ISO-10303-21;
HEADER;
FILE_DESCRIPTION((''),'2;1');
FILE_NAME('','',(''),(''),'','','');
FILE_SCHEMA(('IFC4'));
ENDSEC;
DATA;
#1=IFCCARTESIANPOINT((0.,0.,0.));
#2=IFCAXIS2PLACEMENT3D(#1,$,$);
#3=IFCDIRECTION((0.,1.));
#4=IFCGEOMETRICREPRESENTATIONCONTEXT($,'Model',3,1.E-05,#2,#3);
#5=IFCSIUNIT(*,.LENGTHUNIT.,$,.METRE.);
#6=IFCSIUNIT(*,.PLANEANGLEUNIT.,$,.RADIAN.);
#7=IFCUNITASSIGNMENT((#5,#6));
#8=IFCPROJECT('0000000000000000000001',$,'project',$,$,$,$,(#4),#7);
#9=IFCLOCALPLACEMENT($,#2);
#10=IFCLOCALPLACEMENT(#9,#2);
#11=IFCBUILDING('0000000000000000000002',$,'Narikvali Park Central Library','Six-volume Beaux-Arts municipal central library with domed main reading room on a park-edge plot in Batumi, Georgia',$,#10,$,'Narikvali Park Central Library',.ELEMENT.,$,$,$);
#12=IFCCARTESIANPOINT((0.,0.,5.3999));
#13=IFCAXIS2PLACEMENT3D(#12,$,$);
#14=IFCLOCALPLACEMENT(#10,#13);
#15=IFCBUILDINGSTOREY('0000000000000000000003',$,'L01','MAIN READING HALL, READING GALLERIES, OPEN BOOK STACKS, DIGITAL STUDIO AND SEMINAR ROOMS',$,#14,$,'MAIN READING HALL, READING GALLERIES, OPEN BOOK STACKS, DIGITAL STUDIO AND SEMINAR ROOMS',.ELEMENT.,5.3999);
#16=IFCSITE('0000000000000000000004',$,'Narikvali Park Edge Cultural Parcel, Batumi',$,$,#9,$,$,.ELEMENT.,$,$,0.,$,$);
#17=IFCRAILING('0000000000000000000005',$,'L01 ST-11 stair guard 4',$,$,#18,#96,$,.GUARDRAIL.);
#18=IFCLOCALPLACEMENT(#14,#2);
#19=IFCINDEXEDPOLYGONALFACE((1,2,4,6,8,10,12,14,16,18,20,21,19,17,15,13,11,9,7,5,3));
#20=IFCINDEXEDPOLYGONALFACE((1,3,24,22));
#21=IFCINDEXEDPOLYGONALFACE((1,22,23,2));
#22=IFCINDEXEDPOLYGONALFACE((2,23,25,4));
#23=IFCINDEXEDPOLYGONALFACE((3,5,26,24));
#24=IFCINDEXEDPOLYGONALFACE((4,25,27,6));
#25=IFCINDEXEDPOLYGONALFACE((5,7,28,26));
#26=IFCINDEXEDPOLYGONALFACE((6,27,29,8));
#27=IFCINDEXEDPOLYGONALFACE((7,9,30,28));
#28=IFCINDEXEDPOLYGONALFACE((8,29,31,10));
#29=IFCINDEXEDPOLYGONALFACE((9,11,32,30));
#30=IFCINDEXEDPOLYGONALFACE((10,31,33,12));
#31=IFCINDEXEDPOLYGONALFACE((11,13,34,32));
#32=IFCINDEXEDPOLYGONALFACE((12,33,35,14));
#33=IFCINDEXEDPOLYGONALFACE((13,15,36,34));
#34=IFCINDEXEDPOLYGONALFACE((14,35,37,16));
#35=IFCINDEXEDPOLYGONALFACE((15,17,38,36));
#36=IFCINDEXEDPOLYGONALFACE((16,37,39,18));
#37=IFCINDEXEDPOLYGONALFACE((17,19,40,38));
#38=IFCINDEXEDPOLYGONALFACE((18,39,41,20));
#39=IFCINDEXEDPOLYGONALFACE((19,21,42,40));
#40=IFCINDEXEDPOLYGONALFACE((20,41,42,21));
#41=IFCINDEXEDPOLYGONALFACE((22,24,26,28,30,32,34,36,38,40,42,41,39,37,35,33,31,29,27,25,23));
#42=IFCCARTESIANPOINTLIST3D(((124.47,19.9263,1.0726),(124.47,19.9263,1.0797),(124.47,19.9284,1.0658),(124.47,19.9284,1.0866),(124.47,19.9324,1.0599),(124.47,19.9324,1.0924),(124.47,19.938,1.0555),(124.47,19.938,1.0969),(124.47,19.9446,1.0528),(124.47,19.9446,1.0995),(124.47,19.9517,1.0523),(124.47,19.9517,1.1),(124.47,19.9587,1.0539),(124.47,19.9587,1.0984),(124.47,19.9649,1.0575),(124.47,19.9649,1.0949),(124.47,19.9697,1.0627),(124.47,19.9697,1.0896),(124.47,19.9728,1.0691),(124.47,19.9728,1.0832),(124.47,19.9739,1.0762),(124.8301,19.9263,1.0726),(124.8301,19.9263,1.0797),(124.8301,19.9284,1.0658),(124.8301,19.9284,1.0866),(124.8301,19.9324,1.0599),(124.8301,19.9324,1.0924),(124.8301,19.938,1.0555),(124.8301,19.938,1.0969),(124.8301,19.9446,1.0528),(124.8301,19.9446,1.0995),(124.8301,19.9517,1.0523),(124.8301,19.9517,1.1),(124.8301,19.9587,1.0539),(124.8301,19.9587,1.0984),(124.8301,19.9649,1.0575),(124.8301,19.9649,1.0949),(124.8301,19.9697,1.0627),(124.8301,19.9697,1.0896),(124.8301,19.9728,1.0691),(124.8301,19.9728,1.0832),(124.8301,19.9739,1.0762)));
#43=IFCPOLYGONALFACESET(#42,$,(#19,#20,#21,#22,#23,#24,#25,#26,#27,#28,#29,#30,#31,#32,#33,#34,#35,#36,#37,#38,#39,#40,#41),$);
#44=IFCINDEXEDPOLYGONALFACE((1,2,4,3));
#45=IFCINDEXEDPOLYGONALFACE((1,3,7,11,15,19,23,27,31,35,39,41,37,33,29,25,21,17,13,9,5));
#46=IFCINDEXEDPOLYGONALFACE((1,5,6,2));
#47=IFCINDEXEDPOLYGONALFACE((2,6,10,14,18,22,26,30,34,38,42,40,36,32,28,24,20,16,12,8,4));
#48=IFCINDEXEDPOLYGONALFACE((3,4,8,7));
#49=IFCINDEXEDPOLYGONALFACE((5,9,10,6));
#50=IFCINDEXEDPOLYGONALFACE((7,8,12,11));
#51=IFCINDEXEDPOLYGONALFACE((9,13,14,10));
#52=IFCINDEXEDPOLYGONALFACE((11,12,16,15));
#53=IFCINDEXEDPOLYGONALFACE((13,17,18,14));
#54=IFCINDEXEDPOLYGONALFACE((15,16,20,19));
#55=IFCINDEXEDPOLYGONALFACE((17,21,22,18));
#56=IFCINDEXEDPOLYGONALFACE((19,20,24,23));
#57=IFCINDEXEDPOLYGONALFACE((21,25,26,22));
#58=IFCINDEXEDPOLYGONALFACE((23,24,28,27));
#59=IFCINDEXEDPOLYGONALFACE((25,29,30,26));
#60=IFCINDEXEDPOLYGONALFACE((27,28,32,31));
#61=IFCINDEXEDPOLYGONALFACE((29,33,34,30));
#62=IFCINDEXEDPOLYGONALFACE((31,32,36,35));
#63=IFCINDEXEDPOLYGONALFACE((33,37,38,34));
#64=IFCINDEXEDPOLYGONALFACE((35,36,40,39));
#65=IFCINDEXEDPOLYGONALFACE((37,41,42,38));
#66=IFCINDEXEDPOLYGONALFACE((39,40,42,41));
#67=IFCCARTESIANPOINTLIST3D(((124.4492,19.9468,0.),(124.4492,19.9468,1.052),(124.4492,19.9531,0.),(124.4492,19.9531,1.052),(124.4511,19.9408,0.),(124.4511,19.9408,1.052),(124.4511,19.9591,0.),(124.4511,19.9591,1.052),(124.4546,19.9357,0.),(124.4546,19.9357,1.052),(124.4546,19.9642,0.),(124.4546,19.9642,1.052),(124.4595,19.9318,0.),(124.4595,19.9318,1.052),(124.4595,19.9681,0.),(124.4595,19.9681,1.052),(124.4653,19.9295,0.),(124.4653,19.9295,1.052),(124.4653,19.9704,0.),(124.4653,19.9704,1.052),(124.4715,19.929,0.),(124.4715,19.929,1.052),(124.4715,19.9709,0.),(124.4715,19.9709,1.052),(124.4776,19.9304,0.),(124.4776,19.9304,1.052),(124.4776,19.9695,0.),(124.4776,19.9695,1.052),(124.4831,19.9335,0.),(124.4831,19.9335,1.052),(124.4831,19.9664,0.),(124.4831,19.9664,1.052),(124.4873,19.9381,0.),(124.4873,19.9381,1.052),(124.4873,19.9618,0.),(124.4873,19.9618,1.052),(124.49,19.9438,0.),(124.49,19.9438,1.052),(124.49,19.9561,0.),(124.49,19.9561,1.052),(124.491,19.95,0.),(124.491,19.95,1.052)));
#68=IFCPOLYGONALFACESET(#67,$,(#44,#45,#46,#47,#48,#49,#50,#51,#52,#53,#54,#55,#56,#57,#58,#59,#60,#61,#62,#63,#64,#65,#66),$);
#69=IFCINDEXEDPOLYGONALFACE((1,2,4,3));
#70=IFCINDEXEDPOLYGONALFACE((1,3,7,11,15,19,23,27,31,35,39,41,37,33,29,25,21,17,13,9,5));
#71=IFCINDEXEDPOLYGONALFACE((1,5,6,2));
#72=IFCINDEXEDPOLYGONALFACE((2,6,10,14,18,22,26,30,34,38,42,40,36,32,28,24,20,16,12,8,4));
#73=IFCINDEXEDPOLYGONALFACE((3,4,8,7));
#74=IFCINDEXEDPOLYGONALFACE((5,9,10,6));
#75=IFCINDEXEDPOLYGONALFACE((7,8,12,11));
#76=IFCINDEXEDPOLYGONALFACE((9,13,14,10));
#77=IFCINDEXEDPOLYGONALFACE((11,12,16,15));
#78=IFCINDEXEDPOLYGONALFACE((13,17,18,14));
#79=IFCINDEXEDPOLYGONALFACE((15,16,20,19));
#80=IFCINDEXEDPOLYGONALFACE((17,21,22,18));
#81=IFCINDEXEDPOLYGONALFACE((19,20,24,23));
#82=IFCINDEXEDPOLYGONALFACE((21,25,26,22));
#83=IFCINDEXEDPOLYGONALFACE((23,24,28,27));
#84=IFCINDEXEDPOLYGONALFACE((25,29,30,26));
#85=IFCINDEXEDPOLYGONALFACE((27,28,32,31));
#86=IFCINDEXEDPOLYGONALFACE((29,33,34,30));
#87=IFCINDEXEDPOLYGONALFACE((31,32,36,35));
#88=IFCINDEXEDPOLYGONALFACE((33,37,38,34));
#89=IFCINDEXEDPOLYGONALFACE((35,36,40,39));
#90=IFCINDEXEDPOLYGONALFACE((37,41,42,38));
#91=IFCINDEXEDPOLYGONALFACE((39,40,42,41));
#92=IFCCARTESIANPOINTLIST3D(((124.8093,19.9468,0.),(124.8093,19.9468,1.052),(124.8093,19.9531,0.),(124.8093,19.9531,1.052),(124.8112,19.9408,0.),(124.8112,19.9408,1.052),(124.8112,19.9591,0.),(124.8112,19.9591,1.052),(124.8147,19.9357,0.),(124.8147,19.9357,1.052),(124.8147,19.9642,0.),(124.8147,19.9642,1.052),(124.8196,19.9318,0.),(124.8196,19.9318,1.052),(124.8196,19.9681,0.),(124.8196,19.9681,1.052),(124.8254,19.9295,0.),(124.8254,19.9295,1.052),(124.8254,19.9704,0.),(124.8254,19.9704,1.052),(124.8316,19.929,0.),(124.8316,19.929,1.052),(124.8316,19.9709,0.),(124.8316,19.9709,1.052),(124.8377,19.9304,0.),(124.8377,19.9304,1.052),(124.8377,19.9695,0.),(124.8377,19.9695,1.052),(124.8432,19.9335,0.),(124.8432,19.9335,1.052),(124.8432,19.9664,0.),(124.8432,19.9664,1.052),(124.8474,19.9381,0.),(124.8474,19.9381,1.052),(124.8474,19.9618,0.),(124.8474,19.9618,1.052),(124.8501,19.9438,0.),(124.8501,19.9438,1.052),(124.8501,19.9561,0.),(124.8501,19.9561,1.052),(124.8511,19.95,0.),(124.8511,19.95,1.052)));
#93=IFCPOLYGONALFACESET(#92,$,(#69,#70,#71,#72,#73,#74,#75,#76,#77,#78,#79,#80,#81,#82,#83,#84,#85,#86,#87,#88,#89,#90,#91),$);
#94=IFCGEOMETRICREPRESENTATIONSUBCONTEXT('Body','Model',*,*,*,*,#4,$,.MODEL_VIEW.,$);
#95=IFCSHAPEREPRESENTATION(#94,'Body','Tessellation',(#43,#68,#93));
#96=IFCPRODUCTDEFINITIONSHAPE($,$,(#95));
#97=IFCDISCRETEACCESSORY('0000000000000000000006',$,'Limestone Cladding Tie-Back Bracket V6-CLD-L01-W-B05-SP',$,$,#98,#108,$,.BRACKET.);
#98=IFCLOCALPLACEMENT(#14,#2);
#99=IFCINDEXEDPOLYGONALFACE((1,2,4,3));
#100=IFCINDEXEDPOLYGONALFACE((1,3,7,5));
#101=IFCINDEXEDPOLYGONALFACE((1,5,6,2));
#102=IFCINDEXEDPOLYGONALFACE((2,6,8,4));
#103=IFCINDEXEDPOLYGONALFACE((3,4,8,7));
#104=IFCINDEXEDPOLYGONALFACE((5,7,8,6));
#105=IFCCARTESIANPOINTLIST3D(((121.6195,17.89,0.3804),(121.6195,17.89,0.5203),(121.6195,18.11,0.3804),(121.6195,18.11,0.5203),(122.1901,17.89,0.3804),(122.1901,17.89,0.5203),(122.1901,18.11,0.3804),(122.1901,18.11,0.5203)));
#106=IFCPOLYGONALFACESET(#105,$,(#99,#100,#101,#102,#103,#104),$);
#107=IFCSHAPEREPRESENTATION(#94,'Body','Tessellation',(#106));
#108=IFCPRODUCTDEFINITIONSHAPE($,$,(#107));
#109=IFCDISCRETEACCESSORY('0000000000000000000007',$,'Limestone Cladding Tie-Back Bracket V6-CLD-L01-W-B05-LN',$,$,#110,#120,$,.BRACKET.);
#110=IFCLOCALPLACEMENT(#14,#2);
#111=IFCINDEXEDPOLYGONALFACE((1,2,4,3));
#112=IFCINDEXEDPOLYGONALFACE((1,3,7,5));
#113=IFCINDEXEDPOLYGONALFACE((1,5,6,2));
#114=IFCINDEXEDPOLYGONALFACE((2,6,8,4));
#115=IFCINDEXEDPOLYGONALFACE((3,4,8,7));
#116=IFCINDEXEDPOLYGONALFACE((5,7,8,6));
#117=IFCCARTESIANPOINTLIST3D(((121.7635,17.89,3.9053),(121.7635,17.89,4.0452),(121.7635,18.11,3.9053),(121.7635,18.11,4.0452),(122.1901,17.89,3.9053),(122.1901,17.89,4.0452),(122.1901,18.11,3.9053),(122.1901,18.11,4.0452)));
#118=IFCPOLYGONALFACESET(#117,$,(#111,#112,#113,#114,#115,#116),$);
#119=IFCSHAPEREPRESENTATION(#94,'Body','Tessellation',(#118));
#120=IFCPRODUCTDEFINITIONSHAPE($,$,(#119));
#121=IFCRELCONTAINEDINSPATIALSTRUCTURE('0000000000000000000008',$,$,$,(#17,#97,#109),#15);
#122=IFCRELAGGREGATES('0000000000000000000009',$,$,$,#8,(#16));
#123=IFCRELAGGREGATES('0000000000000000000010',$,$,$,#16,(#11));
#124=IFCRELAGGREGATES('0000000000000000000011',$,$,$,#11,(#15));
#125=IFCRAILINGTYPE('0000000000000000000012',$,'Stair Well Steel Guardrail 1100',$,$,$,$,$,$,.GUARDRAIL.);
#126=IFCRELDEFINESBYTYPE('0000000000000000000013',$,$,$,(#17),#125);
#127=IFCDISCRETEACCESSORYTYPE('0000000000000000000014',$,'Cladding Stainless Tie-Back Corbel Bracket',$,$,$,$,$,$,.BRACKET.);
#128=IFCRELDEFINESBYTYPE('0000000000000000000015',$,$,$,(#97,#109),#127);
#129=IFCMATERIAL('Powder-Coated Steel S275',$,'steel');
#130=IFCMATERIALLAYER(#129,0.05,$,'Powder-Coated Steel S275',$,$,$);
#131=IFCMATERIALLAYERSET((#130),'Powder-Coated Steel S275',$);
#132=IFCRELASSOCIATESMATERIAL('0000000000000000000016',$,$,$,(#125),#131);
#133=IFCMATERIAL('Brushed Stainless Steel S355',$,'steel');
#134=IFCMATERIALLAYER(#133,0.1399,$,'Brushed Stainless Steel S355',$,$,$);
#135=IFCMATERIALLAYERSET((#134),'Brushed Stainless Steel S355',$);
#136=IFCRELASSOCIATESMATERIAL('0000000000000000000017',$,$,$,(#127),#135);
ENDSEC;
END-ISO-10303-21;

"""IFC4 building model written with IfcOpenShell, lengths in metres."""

from ifc_helpers import new_model, si_unit, direction, frame, origin, origin_2d, place, context, subcontext, project, spatial, rectangle, circle, extrude, material, layer, layer_set, type_object, element, save


model = new_model("IFC4")

# Units and contexts
model_context = context("Model", 3, precision=1e-05, world=origin(), true_north=direction((0.0, 1.0)))
body_context = subcontext(model_context, "Body", "Model", "MODEL_VIEW")
ifc_project = project(units=[si_unit("LENGTHUNIT", "METRE"), si_unit("PLANEANGLEUNIT", "RADIAN")], contexts=[model_context])

# Site, building, storey
site_placement = place(None, origin())
site = spatial("IfcSite", under=ifc_project, at=site_placement, Name="Narikvali Park Edge Cultural Parcel, Batumi", CompositionType="ELEMENT", RefElevation=0.0)
building_placement = place(site_placement, origin())
building = spatial("IfcBuilding", under=site, at=building_placement, Name="Narikvali Park Central Library", Description="Six-volume Beaux-Arts municipal central library with domed main reading room on a park-edge plot in Batumi, Georgia", LongName="Narikvali Park Central Library", CompositionType="ELEMENT")
storey_placement = place(building_placement, frame((0.0, 0.0, 5.3999)))
storey = spatial("IfcBuildingStorey", under=building, at=storey_placement, Name="L01", Description="MAIN READING HALL, READING GALLERIES, OPEN BOOK STACKS, DIGITAL STUDIO AND SEMINAR ROOMS", LongName="MAIN READING HALL, READING GALLERIES, OPEN BOOK STACKS, DIGITAL STUDIO AND SEMINAR ROOMS", CompositionType="ELEMENT", Elevation=5.3999)

# Railing
ifc_material_1 = material(Name="Brushed Stainless Steel S355", Category="steel")
ifc_material_2 = material(Name="Powder-Coated Steel S275", Category="steel")
ifc_layer_1 = layer(ifc_material_2, 0.05, Name="Powder-Coated Steel S275")
ifc_layer_set_1 = layer_set([ifc_layer_1], Name="Powder-Coated Steel S275")
railing_type_1 = type_object("IfcRailingType", Name="Stair Well Steel Guardrail 1100", PredefinedType="GUARDRAIL", material=ifc_layer_set_1)
railing_1_placement = place(storey_placement, frame((124.47, 19.95, 0.0)))
element("IfcRailing", 1, at=railing_1_placement, inside=storey, type_object=railing_type_1, Name="L01 ST-11 stair guard 4", PredefinedType="GUARDRAIL", context=body_context, shape_type="SweptSolid", body=[
    extrude(circle(Radius=0.0239, at=origin_2d()), frame((0.0, 0.0, 1.0762), z_axis=(1.0, 0.0, 0.0), x_axis=(0.0, 1.0, 0.0)), (0.0, 0.0, 1.0), 0.3601),
    extrude(circle(Radius=0.021, at=origin_2d()), origin(), (0.0, 0.0, 1.0), 1.052),
    extrude(circle(Radius=0.021, at=origin_2d()), frame((0.3601, 0.0, 0.0)), (0.0, 0.0, 1.0), 1.052),
])

# Discrete accessories
ifc_layer_2 = layer(ifc_material_1, 0.1399, Name="Brushed Stainless Steel S355")
ifc_layer_set_2 = layer_set([ifc_layer_2], Name="Brushed Stainless Steel S355")
discrete_accessory_type = type_object("IfcDiscreteAccessoryType", Name="Cladding Stainless Tie-Back Corbel Bracket", PredefinedType="BRACKET", material=ifc_layer_set_2)
discrete_accessory_1_placement = place(storey_placement, frame((121.9048, 18.0, 0.3804), z_axis=(0.0, 0.0, 1.0), x_axis=(1.0, 0.0, 0.0)))
element("IfcDiscreteAccessory", 2, at=discrete_accessory_1_placement, inside=storey, type_object=discrete_accessory_type, Name="Limestone Cladding Tie-Back Bracket V6-CLD-L01-W-B05-SP", PredefinedType="BRACKET", context=body_context, shape_type="SweptSolid", body=[
    extrude(rectangle(XDim=0.5706, YDim=0.22, at=origin_2d()), origin(), (0.0, 0.0, 1.0), 0.1399),
])
discrete_accessory_2_placement = place(storey_placement, frame((121.9768, 18.0, 3.9053), z_axis=(0.0, 0.0, 1.0), x_axis=(1.0, 0.0, 0.0)))
element("IfcDiscreteAccessory", 3, at=discrete_accessory_2_placement, inside=storey, type_object=discrete_accessory_type, Name="Limestone Cladding Tie-Back Bracket V6-CLD-L01-W-B05-LN", PredefinedType="BRACKET", context=body_context, shape_type="SweptSolid", body=[
    extrude(rectangle(XDim=0.4265, YDim=0.22, at=origin_2d()), origin(), (0.0, 0.0, 1.0), 0.1399),
])

save(model, "model.ifc")
